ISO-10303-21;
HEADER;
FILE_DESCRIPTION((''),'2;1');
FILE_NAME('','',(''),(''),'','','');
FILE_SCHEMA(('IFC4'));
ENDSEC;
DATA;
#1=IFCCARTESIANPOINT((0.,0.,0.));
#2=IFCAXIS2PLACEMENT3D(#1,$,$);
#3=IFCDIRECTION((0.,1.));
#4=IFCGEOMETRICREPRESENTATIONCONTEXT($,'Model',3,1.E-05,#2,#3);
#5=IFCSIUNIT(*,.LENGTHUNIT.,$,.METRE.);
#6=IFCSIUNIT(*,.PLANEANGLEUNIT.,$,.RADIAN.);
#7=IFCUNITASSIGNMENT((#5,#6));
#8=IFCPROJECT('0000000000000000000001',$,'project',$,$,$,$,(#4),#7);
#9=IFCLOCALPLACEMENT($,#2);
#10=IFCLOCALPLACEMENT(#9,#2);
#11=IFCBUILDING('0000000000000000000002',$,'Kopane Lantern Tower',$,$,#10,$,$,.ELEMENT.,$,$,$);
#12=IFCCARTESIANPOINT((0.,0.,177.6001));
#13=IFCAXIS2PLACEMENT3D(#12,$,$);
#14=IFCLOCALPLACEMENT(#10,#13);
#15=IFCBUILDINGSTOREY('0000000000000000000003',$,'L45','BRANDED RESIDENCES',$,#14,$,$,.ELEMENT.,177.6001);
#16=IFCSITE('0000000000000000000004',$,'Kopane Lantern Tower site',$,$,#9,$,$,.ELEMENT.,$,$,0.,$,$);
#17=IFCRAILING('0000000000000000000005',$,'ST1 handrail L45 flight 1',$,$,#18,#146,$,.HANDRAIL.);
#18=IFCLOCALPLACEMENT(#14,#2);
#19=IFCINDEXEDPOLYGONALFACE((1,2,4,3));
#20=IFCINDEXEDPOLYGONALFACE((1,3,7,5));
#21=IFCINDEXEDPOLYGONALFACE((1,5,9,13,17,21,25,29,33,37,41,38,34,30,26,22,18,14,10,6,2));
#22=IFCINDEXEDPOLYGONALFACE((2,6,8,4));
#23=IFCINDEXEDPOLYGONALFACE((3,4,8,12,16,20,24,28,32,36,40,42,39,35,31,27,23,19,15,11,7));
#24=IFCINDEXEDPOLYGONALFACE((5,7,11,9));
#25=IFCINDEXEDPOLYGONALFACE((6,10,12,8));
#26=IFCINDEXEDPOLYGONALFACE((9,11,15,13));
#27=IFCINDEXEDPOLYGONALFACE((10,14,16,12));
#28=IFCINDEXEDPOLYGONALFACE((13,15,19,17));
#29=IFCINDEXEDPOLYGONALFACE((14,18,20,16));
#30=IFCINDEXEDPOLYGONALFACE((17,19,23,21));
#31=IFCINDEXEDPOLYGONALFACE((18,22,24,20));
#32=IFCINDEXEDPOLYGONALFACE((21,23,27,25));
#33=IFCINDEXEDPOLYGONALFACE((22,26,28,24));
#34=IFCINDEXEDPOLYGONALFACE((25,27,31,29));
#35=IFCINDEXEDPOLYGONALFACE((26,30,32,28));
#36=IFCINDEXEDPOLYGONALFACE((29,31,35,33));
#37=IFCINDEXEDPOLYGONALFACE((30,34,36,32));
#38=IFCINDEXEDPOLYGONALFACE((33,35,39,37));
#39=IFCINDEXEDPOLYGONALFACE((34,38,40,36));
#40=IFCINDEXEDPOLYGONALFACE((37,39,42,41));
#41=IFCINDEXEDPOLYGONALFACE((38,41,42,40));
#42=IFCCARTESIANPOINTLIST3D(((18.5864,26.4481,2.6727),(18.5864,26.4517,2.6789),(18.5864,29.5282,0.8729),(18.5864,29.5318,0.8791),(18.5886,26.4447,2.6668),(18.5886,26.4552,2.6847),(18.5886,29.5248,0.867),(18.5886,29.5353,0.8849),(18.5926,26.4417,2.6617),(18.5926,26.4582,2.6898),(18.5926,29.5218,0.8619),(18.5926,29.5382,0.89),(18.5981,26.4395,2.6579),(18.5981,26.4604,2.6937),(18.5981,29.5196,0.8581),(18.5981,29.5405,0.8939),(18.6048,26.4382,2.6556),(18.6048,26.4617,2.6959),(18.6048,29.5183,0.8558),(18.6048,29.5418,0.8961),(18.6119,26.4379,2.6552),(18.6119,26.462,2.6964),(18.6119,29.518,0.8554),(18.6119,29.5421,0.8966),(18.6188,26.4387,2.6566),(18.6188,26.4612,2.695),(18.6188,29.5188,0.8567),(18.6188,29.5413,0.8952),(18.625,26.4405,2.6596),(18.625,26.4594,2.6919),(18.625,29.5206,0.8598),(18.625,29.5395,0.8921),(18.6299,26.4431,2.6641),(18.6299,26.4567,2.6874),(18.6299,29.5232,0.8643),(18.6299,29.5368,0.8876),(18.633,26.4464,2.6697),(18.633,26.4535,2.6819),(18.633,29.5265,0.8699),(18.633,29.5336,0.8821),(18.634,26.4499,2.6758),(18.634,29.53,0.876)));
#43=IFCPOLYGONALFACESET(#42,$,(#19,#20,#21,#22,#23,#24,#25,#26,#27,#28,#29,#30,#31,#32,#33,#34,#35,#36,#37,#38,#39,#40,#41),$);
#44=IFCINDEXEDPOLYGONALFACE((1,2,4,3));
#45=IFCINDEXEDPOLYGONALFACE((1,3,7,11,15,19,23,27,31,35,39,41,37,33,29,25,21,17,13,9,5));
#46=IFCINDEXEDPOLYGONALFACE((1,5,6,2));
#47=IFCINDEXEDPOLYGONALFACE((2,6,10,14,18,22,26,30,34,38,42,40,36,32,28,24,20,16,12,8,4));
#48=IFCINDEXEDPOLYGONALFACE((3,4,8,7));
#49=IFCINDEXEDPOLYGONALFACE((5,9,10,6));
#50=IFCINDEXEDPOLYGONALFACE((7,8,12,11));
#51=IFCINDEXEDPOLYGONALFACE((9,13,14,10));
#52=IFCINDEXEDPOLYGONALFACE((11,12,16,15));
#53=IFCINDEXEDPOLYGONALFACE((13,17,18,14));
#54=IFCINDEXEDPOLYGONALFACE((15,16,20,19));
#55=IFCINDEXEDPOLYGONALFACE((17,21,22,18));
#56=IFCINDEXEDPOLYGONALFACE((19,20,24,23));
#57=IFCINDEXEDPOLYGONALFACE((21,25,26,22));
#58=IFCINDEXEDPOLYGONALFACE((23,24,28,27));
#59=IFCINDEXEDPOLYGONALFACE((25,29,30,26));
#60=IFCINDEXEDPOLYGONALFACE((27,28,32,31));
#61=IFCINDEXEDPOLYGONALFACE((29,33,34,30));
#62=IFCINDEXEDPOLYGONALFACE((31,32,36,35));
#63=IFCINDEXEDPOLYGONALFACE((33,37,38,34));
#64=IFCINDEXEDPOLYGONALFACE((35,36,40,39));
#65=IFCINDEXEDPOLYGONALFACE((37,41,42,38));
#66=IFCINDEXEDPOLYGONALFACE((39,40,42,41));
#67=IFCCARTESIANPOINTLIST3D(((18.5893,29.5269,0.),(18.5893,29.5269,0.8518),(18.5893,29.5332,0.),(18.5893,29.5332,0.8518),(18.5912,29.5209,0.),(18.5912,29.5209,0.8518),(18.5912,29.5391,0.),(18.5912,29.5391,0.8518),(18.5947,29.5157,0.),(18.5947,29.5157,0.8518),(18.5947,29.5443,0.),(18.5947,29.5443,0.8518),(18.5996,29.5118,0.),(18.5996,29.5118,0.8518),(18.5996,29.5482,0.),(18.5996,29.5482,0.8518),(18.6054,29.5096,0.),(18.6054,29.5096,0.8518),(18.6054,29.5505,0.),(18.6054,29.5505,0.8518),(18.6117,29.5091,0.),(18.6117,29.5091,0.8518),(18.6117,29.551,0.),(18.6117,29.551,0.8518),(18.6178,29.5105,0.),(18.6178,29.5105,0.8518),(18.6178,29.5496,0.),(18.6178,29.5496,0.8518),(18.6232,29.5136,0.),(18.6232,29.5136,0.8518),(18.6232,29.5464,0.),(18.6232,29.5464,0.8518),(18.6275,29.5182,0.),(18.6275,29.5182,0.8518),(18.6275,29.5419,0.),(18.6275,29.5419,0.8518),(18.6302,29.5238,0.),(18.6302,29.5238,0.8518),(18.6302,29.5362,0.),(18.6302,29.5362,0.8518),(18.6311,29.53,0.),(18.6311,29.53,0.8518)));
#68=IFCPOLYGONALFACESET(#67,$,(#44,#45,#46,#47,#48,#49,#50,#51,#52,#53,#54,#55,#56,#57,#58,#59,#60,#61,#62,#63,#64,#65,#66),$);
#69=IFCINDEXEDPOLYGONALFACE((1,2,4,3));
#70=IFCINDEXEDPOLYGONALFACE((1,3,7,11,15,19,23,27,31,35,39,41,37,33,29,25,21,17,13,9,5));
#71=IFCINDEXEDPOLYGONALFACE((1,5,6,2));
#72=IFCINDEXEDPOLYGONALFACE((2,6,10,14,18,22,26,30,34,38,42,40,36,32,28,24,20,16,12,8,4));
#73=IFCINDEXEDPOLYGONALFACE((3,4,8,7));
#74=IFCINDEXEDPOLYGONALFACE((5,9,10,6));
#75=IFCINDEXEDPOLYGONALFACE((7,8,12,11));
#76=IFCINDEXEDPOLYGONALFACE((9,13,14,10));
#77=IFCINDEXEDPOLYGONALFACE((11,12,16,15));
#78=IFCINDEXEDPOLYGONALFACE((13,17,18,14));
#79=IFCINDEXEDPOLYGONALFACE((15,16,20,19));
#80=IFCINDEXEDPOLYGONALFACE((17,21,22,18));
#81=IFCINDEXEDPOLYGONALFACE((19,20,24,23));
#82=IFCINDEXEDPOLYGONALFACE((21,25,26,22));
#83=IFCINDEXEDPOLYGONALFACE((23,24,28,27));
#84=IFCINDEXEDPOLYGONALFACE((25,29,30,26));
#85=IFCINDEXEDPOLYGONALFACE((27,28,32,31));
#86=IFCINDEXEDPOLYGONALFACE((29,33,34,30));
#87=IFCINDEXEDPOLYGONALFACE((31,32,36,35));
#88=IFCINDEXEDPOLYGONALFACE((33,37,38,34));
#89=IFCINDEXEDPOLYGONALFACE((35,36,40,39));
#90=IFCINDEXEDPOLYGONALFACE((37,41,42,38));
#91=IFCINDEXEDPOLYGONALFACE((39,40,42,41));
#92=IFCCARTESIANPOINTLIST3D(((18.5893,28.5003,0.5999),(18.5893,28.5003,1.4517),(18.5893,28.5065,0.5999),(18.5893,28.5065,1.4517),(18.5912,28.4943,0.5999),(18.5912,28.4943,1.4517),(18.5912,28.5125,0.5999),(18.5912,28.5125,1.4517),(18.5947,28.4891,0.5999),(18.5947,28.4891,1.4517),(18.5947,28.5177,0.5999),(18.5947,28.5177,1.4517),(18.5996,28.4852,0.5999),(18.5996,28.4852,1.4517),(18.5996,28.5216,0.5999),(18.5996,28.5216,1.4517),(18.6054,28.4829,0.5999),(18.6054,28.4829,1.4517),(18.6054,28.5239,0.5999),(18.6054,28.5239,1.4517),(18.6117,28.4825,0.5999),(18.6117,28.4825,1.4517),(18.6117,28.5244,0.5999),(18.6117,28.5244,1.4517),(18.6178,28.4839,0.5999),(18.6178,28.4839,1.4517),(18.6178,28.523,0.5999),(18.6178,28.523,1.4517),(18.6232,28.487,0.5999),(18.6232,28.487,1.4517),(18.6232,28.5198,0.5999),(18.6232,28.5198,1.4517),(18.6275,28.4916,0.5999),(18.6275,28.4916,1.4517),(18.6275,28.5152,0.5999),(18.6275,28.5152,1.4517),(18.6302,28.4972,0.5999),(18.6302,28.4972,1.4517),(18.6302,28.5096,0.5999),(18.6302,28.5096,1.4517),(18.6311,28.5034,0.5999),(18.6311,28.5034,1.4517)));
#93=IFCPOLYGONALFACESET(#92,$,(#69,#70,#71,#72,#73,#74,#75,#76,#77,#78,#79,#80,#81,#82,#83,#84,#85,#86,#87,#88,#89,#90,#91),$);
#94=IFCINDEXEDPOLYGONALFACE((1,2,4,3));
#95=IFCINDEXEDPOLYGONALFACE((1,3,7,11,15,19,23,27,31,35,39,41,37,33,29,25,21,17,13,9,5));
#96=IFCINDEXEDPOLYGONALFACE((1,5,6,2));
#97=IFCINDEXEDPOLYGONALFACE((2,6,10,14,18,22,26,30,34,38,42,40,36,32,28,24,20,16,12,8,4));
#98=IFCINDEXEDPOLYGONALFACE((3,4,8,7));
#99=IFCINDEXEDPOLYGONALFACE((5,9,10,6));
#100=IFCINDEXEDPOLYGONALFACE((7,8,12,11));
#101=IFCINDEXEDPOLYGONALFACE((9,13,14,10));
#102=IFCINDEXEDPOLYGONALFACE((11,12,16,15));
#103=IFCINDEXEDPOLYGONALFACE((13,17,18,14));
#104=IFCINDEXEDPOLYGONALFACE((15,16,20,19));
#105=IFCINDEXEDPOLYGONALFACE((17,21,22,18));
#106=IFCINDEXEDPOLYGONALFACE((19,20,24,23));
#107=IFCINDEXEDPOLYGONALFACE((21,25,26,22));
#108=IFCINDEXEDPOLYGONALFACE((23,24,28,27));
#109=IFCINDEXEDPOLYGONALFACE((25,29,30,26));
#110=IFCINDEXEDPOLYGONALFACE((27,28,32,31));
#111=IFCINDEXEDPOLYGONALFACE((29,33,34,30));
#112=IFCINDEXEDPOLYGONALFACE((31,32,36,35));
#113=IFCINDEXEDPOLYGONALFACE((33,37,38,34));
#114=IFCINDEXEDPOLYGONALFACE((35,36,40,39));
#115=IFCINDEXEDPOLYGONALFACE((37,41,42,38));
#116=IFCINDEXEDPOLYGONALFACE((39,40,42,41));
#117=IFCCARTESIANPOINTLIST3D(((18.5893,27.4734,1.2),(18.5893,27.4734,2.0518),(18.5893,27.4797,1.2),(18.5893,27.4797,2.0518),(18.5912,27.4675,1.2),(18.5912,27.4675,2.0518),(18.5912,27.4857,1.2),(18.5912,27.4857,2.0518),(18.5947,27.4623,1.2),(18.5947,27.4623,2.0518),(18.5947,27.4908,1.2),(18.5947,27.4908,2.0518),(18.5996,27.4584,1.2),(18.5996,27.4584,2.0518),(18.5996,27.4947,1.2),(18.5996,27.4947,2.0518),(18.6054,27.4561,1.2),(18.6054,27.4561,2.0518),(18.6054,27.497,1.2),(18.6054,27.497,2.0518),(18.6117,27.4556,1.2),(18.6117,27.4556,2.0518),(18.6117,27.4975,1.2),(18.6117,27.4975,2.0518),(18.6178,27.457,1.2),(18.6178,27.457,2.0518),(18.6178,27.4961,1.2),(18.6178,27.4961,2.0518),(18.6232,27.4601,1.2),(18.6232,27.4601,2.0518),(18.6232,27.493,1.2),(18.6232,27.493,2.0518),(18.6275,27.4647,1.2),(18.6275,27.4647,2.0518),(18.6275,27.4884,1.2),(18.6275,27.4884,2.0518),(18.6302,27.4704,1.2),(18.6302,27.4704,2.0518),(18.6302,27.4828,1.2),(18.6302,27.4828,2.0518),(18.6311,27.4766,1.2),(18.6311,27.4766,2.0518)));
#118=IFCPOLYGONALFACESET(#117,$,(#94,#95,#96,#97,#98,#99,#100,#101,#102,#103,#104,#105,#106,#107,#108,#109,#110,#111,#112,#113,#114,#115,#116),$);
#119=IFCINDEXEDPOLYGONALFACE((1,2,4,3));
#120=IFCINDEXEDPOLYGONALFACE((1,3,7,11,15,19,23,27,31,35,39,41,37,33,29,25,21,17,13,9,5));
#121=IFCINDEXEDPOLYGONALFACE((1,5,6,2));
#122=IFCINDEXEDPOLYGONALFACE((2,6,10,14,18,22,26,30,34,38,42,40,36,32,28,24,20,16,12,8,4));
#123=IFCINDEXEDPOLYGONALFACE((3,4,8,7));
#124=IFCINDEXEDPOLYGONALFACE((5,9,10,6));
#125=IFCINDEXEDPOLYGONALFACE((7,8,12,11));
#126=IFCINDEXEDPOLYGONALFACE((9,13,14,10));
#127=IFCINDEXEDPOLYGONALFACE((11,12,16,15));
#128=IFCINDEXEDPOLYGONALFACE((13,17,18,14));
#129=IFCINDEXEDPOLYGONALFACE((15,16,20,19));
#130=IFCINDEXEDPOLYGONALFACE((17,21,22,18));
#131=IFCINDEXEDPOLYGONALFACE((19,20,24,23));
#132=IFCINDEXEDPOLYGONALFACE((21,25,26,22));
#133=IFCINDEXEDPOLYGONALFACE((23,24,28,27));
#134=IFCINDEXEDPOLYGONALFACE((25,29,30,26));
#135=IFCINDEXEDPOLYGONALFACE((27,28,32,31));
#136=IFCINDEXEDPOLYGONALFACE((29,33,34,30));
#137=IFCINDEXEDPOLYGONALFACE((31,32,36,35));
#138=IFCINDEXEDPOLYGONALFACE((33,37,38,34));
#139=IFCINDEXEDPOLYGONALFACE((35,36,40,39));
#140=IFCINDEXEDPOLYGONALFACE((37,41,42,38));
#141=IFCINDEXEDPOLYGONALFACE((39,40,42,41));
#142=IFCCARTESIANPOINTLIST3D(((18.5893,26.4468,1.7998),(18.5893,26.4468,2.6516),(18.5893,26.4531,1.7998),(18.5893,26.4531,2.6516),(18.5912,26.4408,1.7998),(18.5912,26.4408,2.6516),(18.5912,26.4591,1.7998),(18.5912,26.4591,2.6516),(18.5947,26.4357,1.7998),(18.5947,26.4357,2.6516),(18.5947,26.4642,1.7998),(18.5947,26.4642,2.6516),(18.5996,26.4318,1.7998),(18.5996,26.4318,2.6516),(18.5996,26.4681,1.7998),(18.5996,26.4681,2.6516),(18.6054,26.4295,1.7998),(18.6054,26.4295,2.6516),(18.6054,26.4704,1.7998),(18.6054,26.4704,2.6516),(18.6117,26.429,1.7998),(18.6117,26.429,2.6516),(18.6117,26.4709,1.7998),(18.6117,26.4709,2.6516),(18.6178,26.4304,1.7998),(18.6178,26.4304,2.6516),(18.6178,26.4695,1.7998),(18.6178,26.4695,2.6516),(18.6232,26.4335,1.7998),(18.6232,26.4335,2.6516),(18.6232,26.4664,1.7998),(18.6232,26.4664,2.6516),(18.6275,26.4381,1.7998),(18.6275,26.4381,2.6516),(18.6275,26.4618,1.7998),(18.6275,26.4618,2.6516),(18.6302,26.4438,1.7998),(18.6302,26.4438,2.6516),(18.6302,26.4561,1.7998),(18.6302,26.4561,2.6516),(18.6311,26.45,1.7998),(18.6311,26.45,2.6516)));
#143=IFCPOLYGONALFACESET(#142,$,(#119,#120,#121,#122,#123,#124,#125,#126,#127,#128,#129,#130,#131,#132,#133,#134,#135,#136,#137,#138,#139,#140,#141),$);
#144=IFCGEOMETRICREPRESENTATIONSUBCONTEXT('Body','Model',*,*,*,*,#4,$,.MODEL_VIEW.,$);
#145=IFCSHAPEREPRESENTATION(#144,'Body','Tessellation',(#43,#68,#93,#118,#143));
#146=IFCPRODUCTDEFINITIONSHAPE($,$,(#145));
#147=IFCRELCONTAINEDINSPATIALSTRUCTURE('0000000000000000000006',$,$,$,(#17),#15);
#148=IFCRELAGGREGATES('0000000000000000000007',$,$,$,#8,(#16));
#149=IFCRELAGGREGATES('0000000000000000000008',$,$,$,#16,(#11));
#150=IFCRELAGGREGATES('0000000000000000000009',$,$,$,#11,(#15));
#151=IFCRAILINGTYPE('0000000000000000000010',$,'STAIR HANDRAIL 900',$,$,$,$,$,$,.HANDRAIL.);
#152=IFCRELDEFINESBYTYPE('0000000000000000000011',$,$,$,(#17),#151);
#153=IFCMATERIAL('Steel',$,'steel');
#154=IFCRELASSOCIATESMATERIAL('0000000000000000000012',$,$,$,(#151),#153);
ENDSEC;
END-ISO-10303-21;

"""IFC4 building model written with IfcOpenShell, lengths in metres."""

from ifc_helpers import new_model, si_unit, direction, frame, origin, origin_2d, place, context, subcontext, project, spatial, circle, extrude, material, type_object, element, save


model = new_model("IFC4")

# Units and contexts
model_context = context("Model", 3, precision=1e-05, world=origin(), true_north=direction((0.0, 1.0)))
body_context = subcontext(model_context, "Body", "Model", "MODEL_VIEW")
ifc_project = project(units=[si_unit("LENGTHUNIT", "METRE"), si_unit("PLANEANGLEUNIT", "RADIAN")], contexts=[model_context])

# Site, building, storey
site_placement = place(None, origin())
site = spatial("IfcSite", under=ifc_project, at=site_placement, Name="Kopane Lantern Tower site", CompositionType="ELEMENT", RefElevation=0.0)
building_placement = place(site_placement, origin())
building = spatial("IfcBuilding", under=site, at=building_placement, Name="Kopane Lantern Tower", CompositionType="ELEMENT")
storey_placement = place(building_placement, frame((0.0, 0.0, 177.6001)))
storey = spatial("IfcBuildingStorey", under=building, at=storey_placement, Name="L45", Description="BRANDED RESIDENCES", CompositionType="ELEMENT", Elevation=177.6001)

# Railing
ifc_material_1 = material(Name="Steel", Category="steel")
railing_type_1 = type_object("IfcRailingType", Name="STAIR HANDRAIL 900", PredefinedType="HANDRAIL", material=ifc_material_1)
for number, where, name in (
    (1, (18.6101, 29.53, 0.0), "ST1 handrail L45 flight 1"),
):
    element("IfcRailing", number, at=place(storey_placement, frame(where)), inside=storey, type_object=railing_type_1, Name=name, PredefinedType="HANDRAIL", context=body_context, shape_type="SweptSolid", body=[
        extrude(circle(Radius=0.0239, at=origin_2d()), frame((0.0, 0.0, 0.876), z_axis=(0.0, -0.863401, 0.504518), x_axis=(1.0, 0.0, 0.0)), (0.0, 0.0, 1.0), 3.5674),
        extrude(circle(Radius=0.021, at=origin_2d()), origin(), (0.0, 0.0, 1.0), 0.8518),
        extrude(circle(Radius=0.021, at=origin_2d()), frame((0.0, -1.0266, 0.5999)), (0.0, 0.0, 1.0), 0.8518),
        extrude(circle(Radius=0.021, at=origin_2d()), frame((0.0, -2.0535, 1.2)), (0.0, 0.0, 1.0), 0.8518),
        extrude(circle(Radius=0.021, at=origin_2d()), frame((0.0, -3.0801, 1.7998)), (0.0, 0.0, 1.0), 0.8518),
    ])

save(model, "model.ifc")
